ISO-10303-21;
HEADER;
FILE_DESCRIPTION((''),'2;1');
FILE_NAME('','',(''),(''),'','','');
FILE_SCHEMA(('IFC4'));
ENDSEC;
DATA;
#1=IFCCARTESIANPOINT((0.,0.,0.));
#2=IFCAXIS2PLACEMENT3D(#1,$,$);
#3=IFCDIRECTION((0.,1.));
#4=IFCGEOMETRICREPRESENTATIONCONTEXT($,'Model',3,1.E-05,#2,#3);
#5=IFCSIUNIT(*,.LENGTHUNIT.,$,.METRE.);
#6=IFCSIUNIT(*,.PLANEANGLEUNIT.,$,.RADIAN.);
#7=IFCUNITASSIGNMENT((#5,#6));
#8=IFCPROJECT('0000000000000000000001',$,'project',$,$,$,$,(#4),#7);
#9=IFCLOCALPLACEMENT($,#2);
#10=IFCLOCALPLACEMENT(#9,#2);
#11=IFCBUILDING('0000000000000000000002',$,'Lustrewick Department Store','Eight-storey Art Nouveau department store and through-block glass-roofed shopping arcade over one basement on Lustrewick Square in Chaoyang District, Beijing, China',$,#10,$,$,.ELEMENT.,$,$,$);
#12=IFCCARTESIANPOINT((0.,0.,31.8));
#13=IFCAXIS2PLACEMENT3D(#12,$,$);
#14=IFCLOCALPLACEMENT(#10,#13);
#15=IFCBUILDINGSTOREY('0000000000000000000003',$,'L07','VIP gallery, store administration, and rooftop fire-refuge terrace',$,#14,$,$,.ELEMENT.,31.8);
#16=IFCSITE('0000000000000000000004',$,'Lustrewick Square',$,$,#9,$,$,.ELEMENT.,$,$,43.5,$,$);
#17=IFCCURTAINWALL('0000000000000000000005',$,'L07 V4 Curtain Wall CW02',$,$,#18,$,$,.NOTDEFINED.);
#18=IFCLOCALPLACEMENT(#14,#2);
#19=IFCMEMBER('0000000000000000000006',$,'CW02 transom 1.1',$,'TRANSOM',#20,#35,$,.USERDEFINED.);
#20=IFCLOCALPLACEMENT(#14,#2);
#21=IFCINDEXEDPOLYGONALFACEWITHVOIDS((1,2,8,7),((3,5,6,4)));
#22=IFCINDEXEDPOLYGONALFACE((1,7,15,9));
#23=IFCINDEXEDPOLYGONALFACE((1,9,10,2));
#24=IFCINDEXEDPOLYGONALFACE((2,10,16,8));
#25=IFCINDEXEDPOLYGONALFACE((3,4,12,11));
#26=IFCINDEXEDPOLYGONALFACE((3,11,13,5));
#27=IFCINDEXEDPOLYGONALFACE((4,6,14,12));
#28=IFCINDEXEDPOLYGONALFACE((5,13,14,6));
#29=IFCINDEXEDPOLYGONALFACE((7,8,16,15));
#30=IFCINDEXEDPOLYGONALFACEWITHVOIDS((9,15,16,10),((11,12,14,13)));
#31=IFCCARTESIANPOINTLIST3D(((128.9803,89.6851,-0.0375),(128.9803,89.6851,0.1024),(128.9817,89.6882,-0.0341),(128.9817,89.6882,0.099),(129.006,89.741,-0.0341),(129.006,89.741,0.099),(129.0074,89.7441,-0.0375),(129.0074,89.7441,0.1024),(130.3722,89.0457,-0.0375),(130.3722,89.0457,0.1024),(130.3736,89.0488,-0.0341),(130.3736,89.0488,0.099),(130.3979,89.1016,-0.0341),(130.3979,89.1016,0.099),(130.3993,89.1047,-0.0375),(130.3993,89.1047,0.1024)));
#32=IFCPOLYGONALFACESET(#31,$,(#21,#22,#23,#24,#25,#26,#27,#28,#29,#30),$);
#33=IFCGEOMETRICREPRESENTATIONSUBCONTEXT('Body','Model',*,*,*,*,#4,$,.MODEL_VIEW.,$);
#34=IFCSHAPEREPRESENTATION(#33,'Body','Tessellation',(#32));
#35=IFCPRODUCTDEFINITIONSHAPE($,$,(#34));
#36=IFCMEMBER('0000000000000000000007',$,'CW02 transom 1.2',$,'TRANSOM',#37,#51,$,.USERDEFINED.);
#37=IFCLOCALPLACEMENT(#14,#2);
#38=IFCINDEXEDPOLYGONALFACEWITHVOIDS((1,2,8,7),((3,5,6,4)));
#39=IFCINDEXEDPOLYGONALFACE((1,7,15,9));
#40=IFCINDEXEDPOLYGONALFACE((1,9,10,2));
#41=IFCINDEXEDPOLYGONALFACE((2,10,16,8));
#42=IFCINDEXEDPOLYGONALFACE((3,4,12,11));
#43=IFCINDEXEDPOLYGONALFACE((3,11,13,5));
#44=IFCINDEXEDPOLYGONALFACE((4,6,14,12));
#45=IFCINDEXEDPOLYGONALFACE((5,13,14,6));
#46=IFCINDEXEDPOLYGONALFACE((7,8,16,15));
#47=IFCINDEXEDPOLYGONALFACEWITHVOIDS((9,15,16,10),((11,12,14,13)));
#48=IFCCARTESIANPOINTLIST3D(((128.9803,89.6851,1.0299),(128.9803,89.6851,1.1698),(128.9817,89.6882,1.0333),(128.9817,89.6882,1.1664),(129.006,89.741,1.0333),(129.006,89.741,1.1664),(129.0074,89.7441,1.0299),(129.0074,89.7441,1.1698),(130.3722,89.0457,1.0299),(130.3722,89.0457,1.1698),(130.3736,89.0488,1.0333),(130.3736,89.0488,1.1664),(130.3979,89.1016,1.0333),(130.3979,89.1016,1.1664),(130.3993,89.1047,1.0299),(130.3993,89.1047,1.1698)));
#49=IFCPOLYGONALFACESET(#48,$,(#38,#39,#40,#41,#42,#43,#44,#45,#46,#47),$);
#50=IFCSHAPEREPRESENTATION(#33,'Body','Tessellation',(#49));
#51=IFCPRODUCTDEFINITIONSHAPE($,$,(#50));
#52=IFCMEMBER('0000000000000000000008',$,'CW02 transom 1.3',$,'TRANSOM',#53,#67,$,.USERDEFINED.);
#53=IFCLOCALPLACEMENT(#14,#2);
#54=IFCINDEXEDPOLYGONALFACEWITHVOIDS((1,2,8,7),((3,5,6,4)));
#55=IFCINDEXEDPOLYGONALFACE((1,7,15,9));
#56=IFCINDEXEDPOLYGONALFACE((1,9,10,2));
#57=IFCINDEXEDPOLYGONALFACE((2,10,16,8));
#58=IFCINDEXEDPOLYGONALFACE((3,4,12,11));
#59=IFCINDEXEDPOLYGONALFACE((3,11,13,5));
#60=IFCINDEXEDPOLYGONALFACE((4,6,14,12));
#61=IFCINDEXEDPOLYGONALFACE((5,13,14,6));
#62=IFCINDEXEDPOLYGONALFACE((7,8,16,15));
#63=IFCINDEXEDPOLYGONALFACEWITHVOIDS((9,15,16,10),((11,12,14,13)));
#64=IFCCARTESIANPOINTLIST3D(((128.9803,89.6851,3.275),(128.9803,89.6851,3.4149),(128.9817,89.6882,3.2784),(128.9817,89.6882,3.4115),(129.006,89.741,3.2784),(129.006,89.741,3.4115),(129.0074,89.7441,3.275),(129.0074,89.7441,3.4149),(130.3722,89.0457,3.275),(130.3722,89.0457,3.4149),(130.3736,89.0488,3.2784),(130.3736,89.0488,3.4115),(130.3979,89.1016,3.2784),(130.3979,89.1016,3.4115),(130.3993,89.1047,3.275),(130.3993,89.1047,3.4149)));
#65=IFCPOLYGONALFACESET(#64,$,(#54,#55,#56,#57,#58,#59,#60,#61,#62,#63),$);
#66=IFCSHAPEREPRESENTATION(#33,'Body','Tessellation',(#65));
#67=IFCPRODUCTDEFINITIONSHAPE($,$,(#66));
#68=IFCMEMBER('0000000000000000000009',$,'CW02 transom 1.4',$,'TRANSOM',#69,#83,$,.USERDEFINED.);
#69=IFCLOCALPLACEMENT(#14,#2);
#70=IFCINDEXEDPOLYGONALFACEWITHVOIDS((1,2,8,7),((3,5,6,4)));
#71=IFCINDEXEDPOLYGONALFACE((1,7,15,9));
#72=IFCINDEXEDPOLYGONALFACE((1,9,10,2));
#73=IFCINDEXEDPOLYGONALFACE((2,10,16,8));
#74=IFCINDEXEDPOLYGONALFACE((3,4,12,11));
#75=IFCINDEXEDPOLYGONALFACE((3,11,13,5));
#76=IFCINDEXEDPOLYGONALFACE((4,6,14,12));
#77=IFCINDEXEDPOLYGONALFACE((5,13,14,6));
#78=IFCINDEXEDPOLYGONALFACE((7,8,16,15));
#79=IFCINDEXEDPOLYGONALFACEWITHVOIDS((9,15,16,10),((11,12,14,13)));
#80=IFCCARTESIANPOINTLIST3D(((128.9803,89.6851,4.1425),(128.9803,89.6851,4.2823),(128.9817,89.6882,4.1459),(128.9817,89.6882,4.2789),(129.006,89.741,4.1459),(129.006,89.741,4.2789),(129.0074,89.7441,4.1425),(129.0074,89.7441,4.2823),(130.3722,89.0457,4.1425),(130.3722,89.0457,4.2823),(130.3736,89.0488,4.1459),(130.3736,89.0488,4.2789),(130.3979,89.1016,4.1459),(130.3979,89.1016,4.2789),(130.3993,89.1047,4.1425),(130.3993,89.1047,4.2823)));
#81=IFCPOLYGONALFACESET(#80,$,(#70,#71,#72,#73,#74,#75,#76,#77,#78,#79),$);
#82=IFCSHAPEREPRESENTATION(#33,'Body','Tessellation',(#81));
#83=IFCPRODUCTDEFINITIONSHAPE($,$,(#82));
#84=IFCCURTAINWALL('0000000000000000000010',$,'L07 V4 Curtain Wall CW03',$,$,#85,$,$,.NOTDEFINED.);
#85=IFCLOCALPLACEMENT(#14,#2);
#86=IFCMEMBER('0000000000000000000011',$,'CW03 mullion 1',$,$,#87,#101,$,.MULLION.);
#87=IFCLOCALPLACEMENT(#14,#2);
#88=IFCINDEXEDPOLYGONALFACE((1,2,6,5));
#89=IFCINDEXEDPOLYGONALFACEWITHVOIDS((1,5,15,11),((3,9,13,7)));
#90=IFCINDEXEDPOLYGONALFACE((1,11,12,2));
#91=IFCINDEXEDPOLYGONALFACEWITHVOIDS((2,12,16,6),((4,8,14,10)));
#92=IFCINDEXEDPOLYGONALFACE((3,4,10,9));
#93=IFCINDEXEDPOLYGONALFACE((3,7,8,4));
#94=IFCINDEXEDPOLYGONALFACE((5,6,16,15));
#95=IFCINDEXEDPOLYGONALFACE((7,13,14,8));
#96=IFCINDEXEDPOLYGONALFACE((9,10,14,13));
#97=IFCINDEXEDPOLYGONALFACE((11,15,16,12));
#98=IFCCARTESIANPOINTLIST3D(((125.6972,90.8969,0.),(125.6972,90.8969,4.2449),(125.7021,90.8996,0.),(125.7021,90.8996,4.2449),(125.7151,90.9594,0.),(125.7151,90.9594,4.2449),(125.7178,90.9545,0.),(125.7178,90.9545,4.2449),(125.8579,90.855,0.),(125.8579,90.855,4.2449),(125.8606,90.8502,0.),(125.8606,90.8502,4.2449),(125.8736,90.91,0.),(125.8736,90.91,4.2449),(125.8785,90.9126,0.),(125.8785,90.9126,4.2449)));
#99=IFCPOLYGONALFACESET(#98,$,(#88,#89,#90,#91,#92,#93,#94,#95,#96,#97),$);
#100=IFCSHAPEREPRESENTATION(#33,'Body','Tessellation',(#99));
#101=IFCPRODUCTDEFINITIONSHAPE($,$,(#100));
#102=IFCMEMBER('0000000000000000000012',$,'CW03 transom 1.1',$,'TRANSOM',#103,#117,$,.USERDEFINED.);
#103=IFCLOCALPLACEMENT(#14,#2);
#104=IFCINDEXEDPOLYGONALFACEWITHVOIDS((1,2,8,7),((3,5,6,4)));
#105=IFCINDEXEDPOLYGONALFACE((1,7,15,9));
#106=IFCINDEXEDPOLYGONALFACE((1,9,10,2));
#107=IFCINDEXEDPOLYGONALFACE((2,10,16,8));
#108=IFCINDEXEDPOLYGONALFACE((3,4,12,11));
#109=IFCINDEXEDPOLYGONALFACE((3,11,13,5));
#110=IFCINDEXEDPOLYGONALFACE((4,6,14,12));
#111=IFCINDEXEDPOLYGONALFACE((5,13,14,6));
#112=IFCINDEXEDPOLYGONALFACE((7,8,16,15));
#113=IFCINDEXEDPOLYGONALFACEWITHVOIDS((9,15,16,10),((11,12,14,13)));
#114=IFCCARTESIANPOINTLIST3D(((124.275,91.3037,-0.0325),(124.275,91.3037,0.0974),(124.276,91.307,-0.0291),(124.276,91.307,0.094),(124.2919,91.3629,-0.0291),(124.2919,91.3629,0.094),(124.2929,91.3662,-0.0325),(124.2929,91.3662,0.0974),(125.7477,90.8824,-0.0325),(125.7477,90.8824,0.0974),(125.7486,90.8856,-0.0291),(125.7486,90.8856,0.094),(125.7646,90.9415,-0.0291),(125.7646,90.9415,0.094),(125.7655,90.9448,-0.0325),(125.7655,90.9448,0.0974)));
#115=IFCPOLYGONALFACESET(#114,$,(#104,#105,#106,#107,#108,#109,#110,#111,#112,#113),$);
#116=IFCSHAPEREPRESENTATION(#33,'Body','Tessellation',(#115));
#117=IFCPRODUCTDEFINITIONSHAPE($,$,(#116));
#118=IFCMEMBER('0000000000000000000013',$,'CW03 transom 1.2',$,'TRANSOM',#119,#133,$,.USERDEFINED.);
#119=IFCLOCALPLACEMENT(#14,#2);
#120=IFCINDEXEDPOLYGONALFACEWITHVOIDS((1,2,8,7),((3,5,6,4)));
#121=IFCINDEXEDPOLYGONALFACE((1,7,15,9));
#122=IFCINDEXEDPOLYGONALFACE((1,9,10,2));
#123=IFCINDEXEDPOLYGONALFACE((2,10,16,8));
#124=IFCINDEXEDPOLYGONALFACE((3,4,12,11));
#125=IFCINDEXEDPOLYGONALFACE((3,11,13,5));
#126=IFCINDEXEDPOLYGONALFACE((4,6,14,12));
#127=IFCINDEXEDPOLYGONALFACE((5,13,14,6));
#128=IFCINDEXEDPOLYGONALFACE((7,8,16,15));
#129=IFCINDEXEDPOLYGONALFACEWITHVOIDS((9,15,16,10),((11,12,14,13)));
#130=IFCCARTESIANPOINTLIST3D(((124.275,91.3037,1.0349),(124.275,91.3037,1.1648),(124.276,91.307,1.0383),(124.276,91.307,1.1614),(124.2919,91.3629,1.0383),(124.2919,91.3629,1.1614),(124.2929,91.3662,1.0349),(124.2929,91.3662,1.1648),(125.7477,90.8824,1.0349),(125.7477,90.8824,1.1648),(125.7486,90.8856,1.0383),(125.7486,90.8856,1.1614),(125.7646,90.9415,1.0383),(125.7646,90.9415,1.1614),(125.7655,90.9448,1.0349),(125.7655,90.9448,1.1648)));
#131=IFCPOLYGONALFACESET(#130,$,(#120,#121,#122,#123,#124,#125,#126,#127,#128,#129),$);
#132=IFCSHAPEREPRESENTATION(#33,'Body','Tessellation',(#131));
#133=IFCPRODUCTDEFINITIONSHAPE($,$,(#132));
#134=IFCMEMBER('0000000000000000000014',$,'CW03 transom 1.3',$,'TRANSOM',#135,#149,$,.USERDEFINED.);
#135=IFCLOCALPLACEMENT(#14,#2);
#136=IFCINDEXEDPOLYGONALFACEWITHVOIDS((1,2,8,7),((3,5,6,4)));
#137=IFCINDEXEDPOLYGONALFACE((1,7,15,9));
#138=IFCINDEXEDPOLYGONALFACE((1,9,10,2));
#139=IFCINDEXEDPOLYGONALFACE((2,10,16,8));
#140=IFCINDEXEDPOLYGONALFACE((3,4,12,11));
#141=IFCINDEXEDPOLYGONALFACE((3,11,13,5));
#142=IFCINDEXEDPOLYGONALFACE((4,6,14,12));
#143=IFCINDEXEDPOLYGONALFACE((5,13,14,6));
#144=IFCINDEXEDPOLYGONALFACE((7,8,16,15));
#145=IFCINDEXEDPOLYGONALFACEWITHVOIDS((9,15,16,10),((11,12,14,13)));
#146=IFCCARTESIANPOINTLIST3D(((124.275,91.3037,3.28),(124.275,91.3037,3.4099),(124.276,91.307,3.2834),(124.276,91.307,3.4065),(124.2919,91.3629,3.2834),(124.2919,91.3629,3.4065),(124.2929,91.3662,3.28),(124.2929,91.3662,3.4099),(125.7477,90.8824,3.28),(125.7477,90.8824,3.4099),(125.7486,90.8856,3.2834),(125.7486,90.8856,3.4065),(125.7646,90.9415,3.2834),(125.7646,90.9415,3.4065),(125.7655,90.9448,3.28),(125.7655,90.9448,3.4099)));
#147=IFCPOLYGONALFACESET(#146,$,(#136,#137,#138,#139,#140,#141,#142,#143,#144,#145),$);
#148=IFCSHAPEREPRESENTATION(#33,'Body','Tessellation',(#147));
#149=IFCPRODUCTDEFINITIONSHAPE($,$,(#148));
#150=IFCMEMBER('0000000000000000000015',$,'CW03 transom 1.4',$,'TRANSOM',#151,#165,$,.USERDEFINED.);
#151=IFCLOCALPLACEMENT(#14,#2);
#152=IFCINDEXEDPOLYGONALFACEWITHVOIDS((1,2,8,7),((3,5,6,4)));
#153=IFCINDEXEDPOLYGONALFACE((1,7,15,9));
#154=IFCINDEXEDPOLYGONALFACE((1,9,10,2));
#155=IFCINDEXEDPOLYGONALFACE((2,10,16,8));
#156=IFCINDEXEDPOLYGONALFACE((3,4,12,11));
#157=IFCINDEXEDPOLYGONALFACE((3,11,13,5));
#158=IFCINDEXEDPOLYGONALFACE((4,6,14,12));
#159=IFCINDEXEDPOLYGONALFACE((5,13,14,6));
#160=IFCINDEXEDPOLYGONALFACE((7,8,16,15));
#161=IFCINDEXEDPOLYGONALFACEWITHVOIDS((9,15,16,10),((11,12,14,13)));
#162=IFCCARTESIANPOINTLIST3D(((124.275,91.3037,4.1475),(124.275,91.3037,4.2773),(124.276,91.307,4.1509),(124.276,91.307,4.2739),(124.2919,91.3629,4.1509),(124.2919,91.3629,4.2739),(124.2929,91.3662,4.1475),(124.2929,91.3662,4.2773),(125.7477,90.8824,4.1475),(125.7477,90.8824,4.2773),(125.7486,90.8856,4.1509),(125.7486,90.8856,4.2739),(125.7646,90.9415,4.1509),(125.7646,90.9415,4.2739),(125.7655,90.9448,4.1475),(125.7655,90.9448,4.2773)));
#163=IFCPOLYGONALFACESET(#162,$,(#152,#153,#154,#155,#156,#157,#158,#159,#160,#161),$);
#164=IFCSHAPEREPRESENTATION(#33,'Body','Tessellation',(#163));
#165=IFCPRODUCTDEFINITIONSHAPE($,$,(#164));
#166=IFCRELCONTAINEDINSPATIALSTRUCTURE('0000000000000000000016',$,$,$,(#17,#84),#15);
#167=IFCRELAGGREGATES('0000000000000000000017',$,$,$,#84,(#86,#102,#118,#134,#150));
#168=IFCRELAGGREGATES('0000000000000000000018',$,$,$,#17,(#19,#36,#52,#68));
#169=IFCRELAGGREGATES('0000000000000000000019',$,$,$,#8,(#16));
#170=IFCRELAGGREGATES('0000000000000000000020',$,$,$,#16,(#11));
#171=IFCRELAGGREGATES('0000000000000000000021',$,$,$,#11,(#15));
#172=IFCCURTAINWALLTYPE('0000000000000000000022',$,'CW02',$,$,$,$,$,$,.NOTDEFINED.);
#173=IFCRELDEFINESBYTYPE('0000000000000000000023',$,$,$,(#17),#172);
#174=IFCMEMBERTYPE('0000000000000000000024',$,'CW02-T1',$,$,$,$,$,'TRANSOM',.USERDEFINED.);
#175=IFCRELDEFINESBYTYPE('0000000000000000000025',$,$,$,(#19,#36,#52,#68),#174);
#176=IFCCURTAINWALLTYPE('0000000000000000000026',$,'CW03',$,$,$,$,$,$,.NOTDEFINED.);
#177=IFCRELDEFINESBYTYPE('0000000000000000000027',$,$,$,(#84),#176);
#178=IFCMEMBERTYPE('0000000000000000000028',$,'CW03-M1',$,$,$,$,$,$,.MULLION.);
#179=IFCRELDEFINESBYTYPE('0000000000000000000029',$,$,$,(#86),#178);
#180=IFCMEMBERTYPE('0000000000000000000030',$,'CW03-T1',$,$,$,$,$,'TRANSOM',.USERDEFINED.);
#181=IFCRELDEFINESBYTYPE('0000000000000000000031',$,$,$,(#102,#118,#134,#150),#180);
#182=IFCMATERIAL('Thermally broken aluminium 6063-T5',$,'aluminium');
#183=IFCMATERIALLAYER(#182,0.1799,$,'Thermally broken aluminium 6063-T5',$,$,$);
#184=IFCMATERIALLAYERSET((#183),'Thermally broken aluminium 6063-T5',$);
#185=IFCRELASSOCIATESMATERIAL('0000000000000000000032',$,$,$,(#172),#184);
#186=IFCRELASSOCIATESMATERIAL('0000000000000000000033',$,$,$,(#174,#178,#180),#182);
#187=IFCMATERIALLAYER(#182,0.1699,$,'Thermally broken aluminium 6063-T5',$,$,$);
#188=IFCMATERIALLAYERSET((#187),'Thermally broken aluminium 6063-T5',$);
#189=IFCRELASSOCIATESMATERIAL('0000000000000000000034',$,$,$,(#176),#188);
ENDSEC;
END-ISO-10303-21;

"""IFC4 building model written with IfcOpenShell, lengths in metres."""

from ifc_helpers import new_model, si_unit, direction, frame, origin, origin_2d, place, context, subcontext, project, spatial, hollow_rectangle, extrude, material, layer, layer_set, material_profile, profile_set, type_object, element, aggregate, save


model = new_model("IFC4")

# Units and contexts
model_context = context("Model", 3, precision=1e-05, world=origin(), true_north=direction((0.0, 1.0)))
body_context = subcontext(model_context, "Body", "Model", "MODEL_VIEW")
ifc_project = project(units=[si_unit("LENGTHUNIT", "METRE"), si_unit("PLANEANGLEUNIT", "RADIAN")], contexts=[model_context])

# Site, building, storey
site_placement = place(None, origin())
site = spatial("IfcSite", under=ifc_project, at=site_placement, Name="Lustrewick Square", CompositionType="ELEMENT", RefElevation=43.5)
building_placement = place(site_placement, origin())
building = spatial("IfcBuilding", under=site, at=building_placement, Name="Lustrewick Department Store", Description="Eight-storey Art Nouveau department store and through-block glass-roofed shopping arcade over one basement on Lustrewick Square in Chaoyang District, Beijing, China", CompositionType="ELEMENT")
storey_placement = place(building_placement, frame((0.0, 0.0, 31.8)))
storey = spatial("IfcBuildingStorey", under=building, at=storey_placement, Name="L07", Description="VIP gallery, store administration, and rooftop fire-refuge terrace", CompositionType="ELEMENT", Elevation=31.8)

# Curtain walls, members
ifc_material_1 = material(Name="Thermally broken aluminium 6063-T5", Category="aluminium")
ifc_layer_1 = layer(ifc_material_1, 0.1799, Name="Thermally broken aluminium 6063-T5")
ifc_layer_set_1 = layer_set([ifc_layer_1], Name="Thermally broken aluminium 6063-T5")
curtain_wall_type_1 = type_object("IfcCurtainWallType", Name="CW02", PredefinedType="NOTDEFINED", material=ifc_layer_set_1)
curtain_wall_1_placement = place(storey_placement, origin())
curtain_wall_1 = element("IfcCurtainWall", 1, at=curtain_wall_1_placement, inside=storey, type_object=curtain_wall_type_1, Name="L07 V4 Curtain Wall CW02", PredefinedType="NOTDEFINED")
ifc_material_profile_1 = material_profile(ifc_material_1, hollow_rectangle(XDim=0.0649, YDim=0.1399, WallThickness=0.0034, at=origin_2d()), Name="ALU-T 65x140x3.5")
ifc_profile_set_1 = profile_set([ifc_material_profile_1], Name="Thermally broken aluminium 6063-T5")
member_type_1 = type_object("IfcMemberType", Name="CW02-T1", ElementType="TRANSOM", PredefinedType="USERDEFINED", material=ifc_profile_set_1)
member_1_placement = place(storey_placement, frame((130.3857, 89.0752, 0.0325), z_axis=(-0.9087, 0.41745, 0.0), x_axis=(-0.41745, -0.9087, 0.0)))
member_1 = element("IfcMember", 2, at=member_1_placement, type_object=member_type_1, Name="CW02 transom 1.1", ObjectType="TRANSOM", PredefinedType="USERDEFINED", context=body_context, shape_type="SweptSolid", body=[
    extrude(hollow_rectangle(XDim=0.0649, YDim=0.1399, WallThickness=0.0034, at=origin_2d()), origin(), (0.0, 0.0, 1.0), 1.5317),
])
member_2_placement = place(storey_placement, frame((130.3857, 89.0752, 1.0999), z_axis=(-0.9087, 0.41745, 0.0), x_axis=(-0.41745, -0.9087, 0.0)))
member_2 = element("IfcMember", 3, at=member_2_placement, type_object=member_type_1, Name="CW02 transom 1.2", ObjectType="TRANSOM", PredefinedType="USERDEFINED", context=body_context, shape_type="SweptSolid", body=[
    extrude(hollow_rectangle(XDim=0.0649, YDim=0.1399, WallThickness=0.0034, at=origin_2d()), origin(), (0.0, 0.0, 1.0), 1.5317),
])
member_3_placement = place(storey_placement, frame((130.3857, 89.0752, 3.345), z_axis=(-0.9087, 0.41745, 0.0), x_axis=(-0.41745, -0.9087, 0.0)))
member_3 = element("IfcMember", 4, at=member_3_placement, type_object=member_type_1, Name="CW02 transom 1.3", ObjectType="TRANSOM", PredefinedType="USERDEFINED", context=body_context, shape_type="SweptSolid", body=[
    extrude(hollow_rectangle(XDim=0.0649, YDim=0.1399, WallThickness=0.0034, at=origin_2d()), origin(), (0.0, 0.0, 1.0), 1.5317),
])
member_4_placement = place(storey_placement, frame((130.3857, 89.0752, 4.2124), z_axis=(-0.9087, 0.41745, 0.0), x_axis=(-0.41745, -0.9087, 0.0)))
member_4 = element("IfcMember", 5, at=member_4_placement, type_object=member_type_1, Name="CW02 transom 1.4", ObjectType="TRANSOM", PredefinedType="USERDEFINED", context=body_context, shape_type="SweptSolid", body=[
    extrude(hollow_rectangle(XDim=0.0649, YDim=0.1399, WallThickness=0.0034, at=origin_2d()), origin(), (0.0, 0.0, 1.0), 1.5317),
])
ifc_layer_2 = layer(ifc_material_1, 0.1699, Name="Thermally broken aluminium 6063-T5")
ifc_layer_set_2 = layer_set([ifc_layer_2], Name="Thermally broken aluminium 6063-T5")
curtain_wall_type_2 = type_object("IfcCurtainWallType", Name="CW03", PredefinedType="NOTDEFINED", material=ifc_layer_set_2)
curtain_wall_2_placement = place(storey_placement, origin())
curtain_wall_2 = element("IfcCurtainWall", 6, at=curtain_wall_2_placement, inside=storey, type_object=curtain_wall_type_2, Name="L07 V4 Curtain Wall CW03", PredefinedType="NOTDEFINED")
ifc_material_profile_2 = material_profile(ifc_material_1, hollow_rectangle(XDim=0.0649, YDim=0.1699, WallThickness=0.0039, at=origin_2d()), Name="ALU-M 65x170x4")
ifc_profile_set_2 = profile_set([ifc_material_profile_2], Name="Thermally broken aluminium 6063-T5")
member_type_2 = type_object("IfcMemberType", Name="CW03-M1", PredefinedType="MULLION", material=ifc_profile_set_2)
member_5_placement = place(storey_placement, frame((125.7878, 90.9048, 0.0), z_axis=(0.0, 0.0, 1.0), x_axis=(-0.275063, -0.961426, 0.0)))
member_5 = element("IfcMember", 7, at=member_5_placement, type_object=member_type_2, Name="CW03 mullion 1", PredefinedType="MULLION", context=body_context, shape_type="SweptSolid", body=[
    extrude(hollow_rectangle(XDim=0.0649, YDim=0.1699, WallThickness=0.0039, at=origin_2d()), origin(), (0.0, 0.0, 1.0), 4.2449),
])
ifc_material_profile_3 = material_profile(ifc_material_1, hollow_rectangle(XDim=0.0649, YDim=0.1299, WallThickness=0.0034, at=origin_2d()), Name="ALU-T 65x130x3.5")
ifc_profile_set_3 = profile_set([ifc_material_profile_3], Name="Thermally broken aluminium 6063-T5")
member_type_3 = type_object("IfcMemberType", Name="CW03-T1", ElementType="TRANSOM", PredefinedType="USERDEFINED", material=ifc_profile_set_3)
member_6_placement = place(storey_placement, frame((125.7566, 90.9136, 0.0325), z_axis=(-0.961416, 0.2751, 0.0), x_axis=(-0.2751, -0.961416, 0.0)))
member_6 = element("IfcMember", 8, at=member_6_placement, type_object=member_type_3, Name="CW03 transom 1.1", ObjectType="TRANSOM", PredefinedType="USERDEFINED", context=body_context, shape_type="SweptSolid", body=[
    extrude(hollow_rectangle(XDim=0.0649, YDim=0.1299, WallThickness=0.0034, at=origin_2d()), origin(), (0.0, 0.0, 1.0), 1.5317),
])
member_7_placement = place(storey_placement, frame((125.7566, 90.9136, 1.0999), z_axis=(-0.961416, 0.2751, 0.0), x_axis=(-0.2751, -0.961416, 0.0)))
member_7 = element("IfcMember", 9, at=member_7_placement, type_object=member_type_3, Name="CW03 transom 1.2", ObjectType="TRANSOM", PredefinedType="USERDEFINED", context=body_context, shape_type="SweptSolid", body=[
    extrude(hollow_rectangle(XDim=0.0649, YDim=0.1299, WallThickness=0.0034, at=origin_2d()), origin(), (0.0, 0.0, 1.0), 1.5317),
])
member_8_placement = place(storey_placement, frame((125.7566, 90.9136, 3.345), z_axis=(-0.961416, 0.2751, 0.0), x_axis=(-0.2751, -0.961416, 0.0)))
member_8 = element("IfcMember", 10, at=member_8_placement, type_object=member_type_3, Name="CW03 transom 1.3", ObjectType="TRANSOM", PredefinedType="USERDEFINED", context=body_context, shape_type="SweptSolid", body=[
    extrude(hollow_rectangle(XDim=0.0649, YDim=0.1299, WallThickness=0.0034, at=origin_2d()), origin(), (0.0, 0.0, 1.0), 1.5317),
])
member_9_placement = place(storey_placement, frame((125.7566, 90.9136, 4.2124), z_axis=(-0.961416, 0.2751, 0.0), x_axis=(-0.2751, -0.961416, 0.0)))
member_9 = element("IfcMember", 11, at=member_9_placement, type_object=member_type_3, Name="CW03 transom 1.4", ObjectType="TRANSOM", PredefinedType="USERDEFINED", context=body_context, shape_type="SweptSolid", body=[
    extrude(hollow_rectangle(XDim=0.0649, YDim=0.1299, WallThickness=0.0034, at=origin_2d()), origin(), (0.0, 0.0, 1.0), 1.5317),
])
aggregate(curtain_wall_2, [member_5, member_6, member_7, member_8, member_9])

aggregate(curtain_wall_1, [member_1, member_2, member_3, member_4])

save(model, "model.ifc")
